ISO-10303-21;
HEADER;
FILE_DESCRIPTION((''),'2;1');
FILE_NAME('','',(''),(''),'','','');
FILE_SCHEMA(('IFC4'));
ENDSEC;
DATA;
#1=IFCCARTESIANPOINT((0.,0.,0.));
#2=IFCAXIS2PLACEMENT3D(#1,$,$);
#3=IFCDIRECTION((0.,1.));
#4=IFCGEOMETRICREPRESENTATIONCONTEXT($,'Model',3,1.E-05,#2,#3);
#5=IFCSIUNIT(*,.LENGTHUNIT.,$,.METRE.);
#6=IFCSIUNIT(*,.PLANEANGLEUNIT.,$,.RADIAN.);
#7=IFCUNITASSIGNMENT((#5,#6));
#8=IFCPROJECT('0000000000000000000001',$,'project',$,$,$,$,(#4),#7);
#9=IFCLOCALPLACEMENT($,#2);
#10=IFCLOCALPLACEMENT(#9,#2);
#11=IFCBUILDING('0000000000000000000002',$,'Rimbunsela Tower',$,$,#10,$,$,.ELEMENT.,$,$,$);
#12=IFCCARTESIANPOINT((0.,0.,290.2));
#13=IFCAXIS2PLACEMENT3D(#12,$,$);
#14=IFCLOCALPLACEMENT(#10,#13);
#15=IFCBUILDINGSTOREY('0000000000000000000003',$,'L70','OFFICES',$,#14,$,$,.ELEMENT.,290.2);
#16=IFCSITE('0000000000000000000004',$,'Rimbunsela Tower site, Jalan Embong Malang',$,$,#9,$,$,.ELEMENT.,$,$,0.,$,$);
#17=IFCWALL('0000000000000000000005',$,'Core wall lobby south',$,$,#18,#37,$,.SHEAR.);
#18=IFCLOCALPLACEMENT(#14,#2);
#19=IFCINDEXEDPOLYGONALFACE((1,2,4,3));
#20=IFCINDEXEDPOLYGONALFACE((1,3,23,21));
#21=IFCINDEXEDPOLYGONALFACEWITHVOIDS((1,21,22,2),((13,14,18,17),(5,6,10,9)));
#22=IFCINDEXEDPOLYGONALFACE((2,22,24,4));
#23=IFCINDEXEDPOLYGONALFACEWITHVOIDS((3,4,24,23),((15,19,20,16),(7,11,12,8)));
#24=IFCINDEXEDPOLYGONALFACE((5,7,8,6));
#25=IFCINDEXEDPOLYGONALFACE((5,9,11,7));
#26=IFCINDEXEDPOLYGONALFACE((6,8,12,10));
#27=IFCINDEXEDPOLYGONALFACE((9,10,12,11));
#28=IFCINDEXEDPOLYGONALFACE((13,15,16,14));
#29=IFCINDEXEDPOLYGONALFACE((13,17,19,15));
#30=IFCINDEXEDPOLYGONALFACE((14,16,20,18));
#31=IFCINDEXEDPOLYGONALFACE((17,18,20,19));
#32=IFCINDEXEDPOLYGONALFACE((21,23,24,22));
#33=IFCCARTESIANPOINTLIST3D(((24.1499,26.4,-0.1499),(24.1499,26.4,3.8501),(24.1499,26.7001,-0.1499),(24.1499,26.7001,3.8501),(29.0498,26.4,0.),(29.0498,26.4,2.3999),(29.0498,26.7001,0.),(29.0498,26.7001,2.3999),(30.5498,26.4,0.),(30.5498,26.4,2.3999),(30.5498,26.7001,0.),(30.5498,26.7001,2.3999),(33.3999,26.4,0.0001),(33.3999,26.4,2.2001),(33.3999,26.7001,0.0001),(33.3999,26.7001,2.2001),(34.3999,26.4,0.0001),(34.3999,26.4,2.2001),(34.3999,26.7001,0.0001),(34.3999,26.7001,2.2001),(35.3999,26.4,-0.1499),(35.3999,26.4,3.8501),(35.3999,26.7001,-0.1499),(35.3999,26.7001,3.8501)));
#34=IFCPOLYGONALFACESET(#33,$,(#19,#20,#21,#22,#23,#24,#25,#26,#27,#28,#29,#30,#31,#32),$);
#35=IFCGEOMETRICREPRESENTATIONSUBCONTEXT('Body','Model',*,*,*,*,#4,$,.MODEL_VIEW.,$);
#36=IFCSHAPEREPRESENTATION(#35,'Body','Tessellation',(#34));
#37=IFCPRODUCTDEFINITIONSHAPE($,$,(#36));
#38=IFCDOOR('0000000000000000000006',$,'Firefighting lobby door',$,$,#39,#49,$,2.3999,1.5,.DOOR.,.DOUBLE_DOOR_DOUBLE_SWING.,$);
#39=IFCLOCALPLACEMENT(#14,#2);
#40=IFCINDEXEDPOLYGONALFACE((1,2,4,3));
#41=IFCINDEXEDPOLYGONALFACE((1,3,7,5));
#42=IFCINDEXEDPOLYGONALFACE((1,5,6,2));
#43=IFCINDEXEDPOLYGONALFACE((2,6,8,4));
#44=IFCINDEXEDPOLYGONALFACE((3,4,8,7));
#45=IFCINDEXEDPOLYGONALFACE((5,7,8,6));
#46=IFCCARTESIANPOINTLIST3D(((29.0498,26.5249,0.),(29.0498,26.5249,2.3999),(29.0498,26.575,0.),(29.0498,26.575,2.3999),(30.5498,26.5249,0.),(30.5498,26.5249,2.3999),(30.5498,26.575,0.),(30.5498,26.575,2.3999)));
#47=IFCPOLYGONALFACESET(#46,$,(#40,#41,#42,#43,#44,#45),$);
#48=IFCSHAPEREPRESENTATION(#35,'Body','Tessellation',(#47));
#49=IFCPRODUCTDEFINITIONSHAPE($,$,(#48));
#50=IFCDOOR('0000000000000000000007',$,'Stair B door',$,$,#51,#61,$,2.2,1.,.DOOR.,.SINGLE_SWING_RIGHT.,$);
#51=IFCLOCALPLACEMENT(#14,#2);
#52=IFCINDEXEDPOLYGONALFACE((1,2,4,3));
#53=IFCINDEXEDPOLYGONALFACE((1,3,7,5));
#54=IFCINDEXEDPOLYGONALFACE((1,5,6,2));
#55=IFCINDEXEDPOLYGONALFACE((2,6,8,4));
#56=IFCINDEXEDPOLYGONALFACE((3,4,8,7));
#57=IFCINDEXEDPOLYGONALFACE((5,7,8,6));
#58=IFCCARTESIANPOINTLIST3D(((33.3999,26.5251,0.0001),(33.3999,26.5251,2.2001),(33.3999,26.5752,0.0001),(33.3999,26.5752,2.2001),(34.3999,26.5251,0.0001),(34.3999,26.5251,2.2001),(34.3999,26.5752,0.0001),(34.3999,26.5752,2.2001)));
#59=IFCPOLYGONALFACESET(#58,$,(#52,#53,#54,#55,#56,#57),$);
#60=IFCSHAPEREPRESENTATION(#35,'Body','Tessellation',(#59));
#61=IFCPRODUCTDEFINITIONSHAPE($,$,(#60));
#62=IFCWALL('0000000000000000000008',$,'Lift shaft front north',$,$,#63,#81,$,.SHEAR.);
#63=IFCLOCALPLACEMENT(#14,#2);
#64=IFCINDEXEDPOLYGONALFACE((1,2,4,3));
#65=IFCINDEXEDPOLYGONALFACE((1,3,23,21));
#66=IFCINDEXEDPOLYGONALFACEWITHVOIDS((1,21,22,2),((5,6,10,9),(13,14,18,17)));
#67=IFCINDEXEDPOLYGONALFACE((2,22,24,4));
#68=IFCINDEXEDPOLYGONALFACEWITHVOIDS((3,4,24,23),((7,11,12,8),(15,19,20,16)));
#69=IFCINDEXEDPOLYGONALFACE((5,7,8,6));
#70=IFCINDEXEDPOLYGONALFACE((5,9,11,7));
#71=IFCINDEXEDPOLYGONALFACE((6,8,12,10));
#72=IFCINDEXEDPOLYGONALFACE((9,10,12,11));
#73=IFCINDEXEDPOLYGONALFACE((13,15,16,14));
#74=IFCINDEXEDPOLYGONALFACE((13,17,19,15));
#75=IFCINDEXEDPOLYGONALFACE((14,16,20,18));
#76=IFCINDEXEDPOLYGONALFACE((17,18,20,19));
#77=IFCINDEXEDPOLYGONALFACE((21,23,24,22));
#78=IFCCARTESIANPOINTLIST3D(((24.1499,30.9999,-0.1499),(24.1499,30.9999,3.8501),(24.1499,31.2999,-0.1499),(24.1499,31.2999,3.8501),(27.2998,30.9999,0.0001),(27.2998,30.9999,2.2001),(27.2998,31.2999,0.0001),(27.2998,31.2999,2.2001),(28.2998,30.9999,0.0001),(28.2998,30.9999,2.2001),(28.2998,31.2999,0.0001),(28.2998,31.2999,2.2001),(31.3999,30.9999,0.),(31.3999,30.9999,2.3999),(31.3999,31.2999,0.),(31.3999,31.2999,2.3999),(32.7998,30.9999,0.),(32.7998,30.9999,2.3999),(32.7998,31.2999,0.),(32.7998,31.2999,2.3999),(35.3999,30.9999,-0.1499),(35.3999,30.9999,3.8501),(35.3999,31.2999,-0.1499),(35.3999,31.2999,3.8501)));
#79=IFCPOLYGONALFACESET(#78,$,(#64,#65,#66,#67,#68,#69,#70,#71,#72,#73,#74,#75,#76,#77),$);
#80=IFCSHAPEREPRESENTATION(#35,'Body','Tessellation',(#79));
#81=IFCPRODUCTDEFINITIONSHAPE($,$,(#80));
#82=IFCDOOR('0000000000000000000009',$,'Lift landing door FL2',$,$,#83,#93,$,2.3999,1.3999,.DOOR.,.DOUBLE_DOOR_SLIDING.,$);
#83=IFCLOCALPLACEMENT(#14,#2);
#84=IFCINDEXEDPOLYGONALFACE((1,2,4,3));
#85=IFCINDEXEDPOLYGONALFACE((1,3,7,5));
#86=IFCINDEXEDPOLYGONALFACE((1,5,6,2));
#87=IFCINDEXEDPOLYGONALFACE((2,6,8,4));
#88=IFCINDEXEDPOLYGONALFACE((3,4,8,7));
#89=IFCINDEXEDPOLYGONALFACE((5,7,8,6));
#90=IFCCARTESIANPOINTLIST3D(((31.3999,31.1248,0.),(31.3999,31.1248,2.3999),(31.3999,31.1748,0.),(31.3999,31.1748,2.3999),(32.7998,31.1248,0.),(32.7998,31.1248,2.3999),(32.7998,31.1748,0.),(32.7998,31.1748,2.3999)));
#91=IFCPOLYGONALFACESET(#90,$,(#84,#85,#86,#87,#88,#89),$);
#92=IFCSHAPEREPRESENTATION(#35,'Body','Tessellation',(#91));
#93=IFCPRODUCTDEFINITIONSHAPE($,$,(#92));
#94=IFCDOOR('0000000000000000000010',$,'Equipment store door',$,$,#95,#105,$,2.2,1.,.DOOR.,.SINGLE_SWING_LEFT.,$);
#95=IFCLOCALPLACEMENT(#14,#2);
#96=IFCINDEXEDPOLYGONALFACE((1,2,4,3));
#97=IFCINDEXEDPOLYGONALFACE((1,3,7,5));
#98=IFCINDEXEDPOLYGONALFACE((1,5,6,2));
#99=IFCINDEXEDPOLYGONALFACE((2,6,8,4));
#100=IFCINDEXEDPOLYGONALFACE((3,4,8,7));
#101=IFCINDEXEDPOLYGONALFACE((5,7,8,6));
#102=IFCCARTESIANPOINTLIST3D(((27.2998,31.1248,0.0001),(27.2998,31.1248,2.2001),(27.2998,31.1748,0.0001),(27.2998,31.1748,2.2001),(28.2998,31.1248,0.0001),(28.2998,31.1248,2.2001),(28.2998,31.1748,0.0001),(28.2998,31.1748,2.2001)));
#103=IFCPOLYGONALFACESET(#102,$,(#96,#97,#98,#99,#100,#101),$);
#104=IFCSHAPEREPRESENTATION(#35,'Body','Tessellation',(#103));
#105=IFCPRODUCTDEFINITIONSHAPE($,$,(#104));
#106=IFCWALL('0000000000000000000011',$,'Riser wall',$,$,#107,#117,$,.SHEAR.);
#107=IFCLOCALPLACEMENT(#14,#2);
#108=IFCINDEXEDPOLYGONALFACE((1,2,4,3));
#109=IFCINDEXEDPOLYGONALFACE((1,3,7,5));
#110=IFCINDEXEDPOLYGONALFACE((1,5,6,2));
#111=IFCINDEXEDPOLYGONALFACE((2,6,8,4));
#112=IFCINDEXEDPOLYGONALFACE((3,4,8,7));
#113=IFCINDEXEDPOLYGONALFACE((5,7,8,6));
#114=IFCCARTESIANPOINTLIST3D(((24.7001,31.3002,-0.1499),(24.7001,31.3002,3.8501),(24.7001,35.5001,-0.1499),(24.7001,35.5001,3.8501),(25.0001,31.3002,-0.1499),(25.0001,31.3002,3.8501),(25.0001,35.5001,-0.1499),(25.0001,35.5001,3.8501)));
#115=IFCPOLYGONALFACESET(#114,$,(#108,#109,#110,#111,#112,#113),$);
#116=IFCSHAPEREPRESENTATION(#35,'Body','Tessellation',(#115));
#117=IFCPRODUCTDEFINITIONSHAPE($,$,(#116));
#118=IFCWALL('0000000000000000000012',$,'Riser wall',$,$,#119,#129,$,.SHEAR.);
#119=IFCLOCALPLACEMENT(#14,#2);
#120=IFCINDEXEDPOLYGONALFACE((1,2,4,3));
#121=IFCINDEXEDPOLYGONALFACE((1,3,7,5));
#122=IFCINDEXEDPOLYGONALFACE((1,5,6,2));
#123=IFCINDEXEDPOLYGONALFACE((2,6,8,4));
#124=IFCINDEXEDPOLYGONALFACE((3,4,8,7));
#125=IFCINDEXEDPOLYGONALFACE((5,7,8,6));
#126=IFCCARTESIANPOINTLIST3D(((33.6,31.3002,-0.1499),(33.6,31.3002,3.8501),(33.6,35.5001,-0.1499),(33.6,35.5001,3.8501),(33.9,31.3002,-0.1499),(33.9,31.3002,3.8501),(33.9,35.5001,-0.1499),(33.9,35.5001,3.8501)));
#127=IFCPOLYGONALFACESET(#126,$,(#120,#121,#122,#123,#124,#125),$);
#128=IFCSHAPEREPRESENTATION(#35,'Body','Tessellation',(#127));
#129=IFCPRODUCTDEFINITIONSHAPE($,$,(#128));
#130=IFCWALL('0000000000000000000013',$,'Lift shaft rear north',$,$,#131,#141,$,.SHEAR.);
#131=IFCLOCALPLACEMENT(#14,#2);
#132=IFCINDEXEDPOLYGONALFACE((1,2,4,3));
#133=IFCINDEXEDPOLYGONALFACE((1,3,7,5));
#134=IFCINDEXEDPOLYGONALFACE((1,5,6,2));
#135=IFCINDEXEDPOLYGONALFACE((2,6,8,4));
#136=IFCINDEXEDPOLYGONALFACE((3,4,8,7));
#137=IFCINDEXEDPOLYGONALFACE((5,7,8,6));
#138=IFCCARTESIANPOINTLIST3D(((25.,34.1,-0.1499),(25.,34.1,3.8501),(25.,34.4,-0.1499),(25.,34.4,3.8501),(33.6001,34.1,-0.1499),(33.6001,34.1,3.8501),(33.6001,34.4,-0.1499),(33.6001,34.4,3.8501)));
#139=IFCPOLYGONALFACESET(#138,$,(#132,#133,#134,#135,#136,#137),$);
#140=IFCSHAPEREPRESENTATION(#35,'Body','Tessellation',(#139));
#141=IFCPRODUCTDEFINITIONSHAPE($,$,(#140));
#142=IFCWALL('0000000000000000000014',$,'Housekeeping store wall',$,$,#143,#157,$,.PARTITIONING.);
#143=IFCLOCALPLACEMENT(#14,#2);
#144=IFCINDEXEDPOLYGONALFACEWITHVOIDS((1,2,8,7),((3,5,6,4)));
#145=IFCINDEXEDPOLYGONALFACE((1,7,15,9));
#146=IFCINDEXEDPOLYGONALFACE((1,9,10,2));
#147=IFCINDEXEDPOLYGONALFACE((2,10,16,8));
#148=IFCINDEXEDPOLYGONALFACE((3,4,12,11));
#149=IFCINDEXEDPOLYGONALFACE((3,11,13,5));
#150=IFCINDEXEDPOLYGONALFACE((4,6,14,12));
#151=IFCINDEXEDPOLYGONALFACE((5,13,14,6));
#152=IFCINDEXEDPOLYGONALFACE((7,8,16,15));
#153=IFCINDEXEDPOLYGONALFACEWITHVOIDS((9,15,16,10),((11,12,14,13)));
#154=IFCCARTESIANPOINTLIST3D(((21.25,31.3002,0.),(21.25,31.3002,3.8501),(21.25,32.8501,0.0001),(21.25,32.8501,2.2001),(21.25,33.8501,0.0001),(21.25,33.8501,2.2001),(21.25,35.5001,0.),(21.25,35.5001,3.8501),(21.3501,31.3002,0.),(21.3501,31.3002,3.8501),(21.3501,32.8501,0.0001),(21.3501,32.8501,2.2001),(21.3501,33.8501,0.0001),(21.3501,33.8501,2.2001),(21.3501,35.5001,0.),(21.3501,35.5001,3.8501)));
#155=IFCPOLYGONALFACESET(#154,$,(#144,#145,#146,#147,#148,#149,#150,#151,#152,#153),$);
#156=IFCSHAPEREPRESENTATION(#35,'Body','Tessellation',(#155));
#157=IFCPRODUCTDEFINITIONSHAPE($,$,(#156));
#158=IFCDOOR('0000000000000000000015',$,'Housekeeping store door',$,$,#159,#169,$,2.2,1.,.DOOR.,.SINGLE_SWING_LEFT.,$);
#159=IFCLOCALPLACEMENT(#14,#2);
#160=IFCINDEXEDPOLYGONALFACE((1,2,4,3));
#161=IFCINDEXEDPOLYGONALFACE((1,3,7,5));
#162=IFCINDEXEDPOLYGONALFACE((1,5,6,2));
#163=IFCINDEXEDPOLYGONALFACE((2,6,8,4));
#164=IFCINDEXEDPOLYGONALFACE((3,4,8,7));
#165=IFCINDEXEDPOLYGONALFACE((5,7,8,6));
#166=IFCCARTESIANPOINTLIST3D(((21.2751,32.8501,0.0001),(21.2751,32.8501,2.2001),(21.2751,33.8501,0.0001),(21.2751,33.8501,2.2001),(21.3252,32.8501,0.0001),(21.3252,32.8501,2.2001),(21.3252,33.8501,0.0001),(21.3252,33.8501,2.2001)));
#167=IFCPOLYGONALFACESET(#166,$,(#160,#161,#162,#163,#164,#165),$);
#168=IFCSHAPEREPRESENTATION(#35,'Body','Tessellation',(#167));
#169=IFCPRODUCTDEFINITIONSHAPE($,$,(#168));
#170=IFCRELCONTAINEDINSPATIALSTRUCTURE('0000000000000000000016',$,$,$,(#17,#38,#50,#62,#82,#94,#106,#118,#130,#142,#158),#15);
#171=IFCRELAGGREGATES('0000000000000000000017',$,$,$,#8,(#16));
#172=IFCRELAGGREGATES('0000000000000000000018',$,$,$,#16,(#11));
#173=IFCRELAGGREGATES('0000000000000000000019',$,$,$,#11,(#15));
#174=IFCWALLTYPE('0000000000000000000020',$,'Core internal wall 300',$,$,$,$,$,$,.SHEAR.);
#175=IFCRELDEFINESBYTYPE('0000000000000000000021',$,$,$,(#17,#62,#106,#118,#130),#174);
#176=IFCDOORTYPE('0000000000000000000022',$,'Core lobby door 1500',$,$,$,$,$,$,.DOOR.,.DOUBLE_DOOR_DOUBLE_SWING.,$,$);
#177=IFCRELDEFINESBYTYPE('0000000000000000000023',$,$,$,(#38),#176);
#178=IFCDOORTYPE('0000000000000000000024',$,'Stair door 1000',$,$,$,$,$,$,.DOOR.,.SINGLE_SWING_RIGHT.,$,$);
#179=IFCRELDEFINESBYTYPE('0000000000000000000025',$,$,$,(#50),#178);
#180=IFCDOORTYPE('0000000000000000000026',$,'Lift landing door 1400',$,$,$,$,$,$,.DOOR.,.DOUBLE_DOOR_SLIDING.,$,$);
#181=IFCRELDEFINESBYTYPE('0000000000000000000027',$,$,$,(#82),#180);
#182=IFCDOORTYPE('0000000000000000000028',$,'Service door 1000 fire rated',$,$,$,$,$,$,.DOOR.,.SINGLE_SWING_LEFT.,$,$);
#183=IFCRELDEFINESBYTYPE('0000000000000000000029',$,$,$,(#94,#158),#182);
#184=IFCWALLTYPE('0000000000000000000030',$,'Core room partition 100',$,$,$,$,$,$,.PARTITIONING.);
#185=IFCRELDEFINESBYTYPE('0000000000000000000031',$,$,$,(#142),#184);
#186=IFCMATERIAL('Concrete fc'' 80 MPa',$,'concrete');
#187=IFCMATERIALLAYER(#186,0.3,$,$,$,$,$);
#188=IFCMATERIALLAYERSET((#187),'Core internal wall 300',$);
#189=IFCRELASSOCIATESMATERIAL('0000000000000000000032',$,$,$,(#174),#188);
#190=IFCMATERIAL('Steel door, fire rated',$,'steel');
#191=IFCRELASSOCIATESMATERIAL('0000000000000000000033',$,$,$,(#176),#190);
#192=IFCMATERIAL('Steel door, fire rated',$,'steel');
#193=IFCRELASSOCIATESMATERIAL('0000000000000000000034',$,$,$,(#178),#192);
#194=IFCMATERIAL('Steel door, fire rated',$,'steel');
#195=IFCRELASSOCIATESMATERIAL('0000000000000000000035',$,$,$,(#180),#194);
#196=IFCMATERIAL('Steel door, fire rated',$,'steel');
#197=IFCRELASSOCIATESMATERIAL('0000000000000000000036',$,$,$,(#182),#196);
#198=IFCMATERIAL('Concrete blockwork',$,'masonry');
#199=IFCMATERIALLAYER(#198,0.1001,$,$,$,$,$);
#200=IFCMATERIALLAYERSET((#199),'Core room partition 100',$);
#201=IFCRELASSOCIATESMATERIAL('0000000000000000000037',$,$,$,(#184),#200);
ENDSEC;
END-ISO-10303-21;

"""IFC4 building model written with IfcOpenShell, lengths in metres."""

from ifc_helpers import new_model, si_unit, direction, frame, frame_2d, origin, place, context, subcontext, project, spatial, rectangle, extrude, material, layer, layer_set, type_object, element, fill, save


model = new_model("IFC4")

# Units and contexts
model_context = context("Model", 3, precision=1e-05, world=origin(), true_north=direction((0.0, 1.0)))
body_context = subcontext(model_context, "Body", "Model", "MODEL_VIEW")
ifc_project = project(units=[si_unit("LENGTHUNIT", "METRE"), si_unit("PLANEANGLEUNIT", "RADIAN")], contexts=[model_context])

# Site, building, storey
site_placement = place(None, origin())
site = spatial("IfcSite", under=ifc_project, at=site_placement, Name="Rimbunsela Tower site, Jalan Embong Malang", CompositionType="ELEMENT", RefElevation=0.0)
building_placement = place(site_placement, origin())
building = spatial("IfcBuilding", under=site, at=building_placement, Name="Rimbunsela Tower", CompositionType="ELEMENT")
storey_placement = place(building_placement, frame((0.0, 0.0, 290.2)))
storey = spatial("IfcBuildingStorey", under=building, at=storey_placement, Name="L70", Description="OFFICES", CompositionType="ELEMENT", Elevation=290.2)

# Walls, openings, doors
ifc_material_1 = material(Name="Concrete fc' 80 MPa", Category="concrete")
ifc_layer_1 = layer(ifc_material_1, 0.3)
ifc_layer_set_1 = layer_set([ifc_layer_1], Name="Core internal wall 300")
wall_type_1 = type_object("IfcWallType", Name="Core internal wall 300", PredefinedType="SHEAR", material=ifc_layer_set_1)
wall_1_placement = place(storey_placement, frame((24.1499, 26.55, -0.1499), z_axis=(0.0, 0.0, 1.0), x_axis=(1.0, 0.0, 0.0)))
wall_1 = element("IfcWall", 1, at=wall_1_placement, inside=storey, type_object=wall_type_1, Name="Core wall lobby south", PredefinedType="SHEAR", context=body_context, shape_type="SweptSolid", body=[
    extrude(rectangle(XDim=11.25, YDim=0.3, at=frame_2d((5.625, 0.0))), origin(), (0.0, 0.0, 1.0), 4.0),
])
opening_1_placement = place(wall_1_placement, frame((9.25, 0.0, 0.1499)))
opening_1 = element("IfcOpeningElement", 2, at=opening_1_placement, cuts=wall_1, PredefinedType="OPENING", context=body_context, shape_type="SweptSolid", body=[
    extrude(rectangle(XDim=1.0, YDim=2.2, at=frame_2d((0.5, 1.1001))), frame((0.0, 0.1599, 0.0), z_axis=(0.0, -1.0, 0.0), x_axis=(1.0, 0.0, 0.0)), (0.0, 0.0, 1.0), 0.3201),
])
opening_2_placement = place(wall_1_placement, frame((4.8999, 0.0, 0.1499)))
opening_2 = element("IfcOpeningElement", 3, at=opening_2_placement, cuts=wall_1, PredefinedType="OPENING", context=body_context, shape_type="SweptSolid", body=[
    extrude(rectangle(XDim=1.5, YDim=2.3999, at=frame_2d((0.75, 1.2))), frame((0.0, 0.1599, 0.0), z_axis=(0.0, -1.0, 0.0), x_axis=(1.0, 0.0, 0.0)), (0.0, 0.0, 1.0), 0.3201),
])
ifc_material_2 = material(Name="Steel door, fire rated", Category="steel")
door_type_1 = type_object("IfcDoorType", Name="Core lobby door 1500", OperationType="DOUBLE_DOOR_DOUBLE_SWING", PredefinedType="DOOR", material=ifc_material_2)
door_1_placement = place(opening_2_placement, origin())
door_1 = element("IfcDoor", 4, at=door_1_placement, inside=storey, type_object=door_type_1, Name="Firefighting lobby door", OperationType="DOUBLE_DOOR_DOUBLE_SWING", OverallHeight=2.3999, OverallWidth=1.5, PredefinedType="DOOR", context=body_context, shape_type="SweptSolid", body=[
    extrude(rectangle(XDim=1.5, YDim=2.3999, at=frame_2d((0.75, 1.2))), frame((0.0, 0.0249, 0.0), z_axis=(0.0, -1.0, 0.0), x_axis=(1.0, 0.0, 0.0)), (0.0, 0.0, 1.0), 0.05),
])
fill(opening_2, door_1)
ifc_material_3 = material(Name="Steel door, fire rated", Category="steel")
door_type_2 = type_object("IfcDoorType", Name="Stair door 1000", OperationType="SINGLE_SWING_RIGHT", PredefinedType="DOOR", material=ifc_material_3)
door_2_placement = place(opening_1_placement, frame((1.0, 0.0, 0.0), z_axis=(0.0, 0.0, 1.0), x_axis=(-1.0, 0.0, 0.0)))
door_2 = element("IfcDoor", 5, at=door_2_placement, inside=storey, type_object=door_type_2, Name="Stair B door", OperationType="SINGLE_SWING_RIGHT", OverallHeight=2.2, OverallWidth=1.0, PredefinedType="DOOR", context=body_context, shape_type="SweptSolid", body=[
    extrude(rectangle(XDim=1.0, YDim=2.2, at=frame_2d((0.5, 1.1001))), frame((0.0, 0.0249, 0.0), z_axis=(0.0, -1.0, 0.0), x_axis=(1.0, 0.0, 0.0)), (0.0, 0.0, 1.0), 0.05),
])
fill(opening_1, door_2)
wall_2_placement = place(storey_placement, frame((24.1499, 31.1499, -0.1499), z_axis=(0.0, 0.0, 1.0), x_axis=(1.0, 0.0, 0.0)))
wall_2 = element("IfcWall", 6, at=wall_2_placement, inside=storey, type_object=wall_type_1, Name="Lift shaft front north", PredefinedType="SHEAR", context=body_context, shape_type="SweptSolid", body=[
    extrude(rectangle(XDim=11.25, YDim=0.3, at=frame_2d((5.625, 0.0))), origin(), (0.0, 0.0, 1.0), 4.0),
])
opening_3_placement = place(wall_2_placement, frame((3.1499, 0.0, 0.1499)))
opening_3 = element("IfcOpeningElement", 7, at=opening_3_placement, cuts=wall_2, PredefinedType="OPENING", context=body_context, shape_type="SweptSolid", body=[
    extrude(rectangle(XDim=1.0, YDim=2.2, at=frame_2d((0.5, 1.1001))), frame((0.0, 0.1599, 0.0), z_axis=(0.0, -1.0, 0.0), x_axis=(1.0, 0.0, 0.0)), (0.0, 0.0, 1.0), 0.3201),
])
opening_4_placement = place(wall_2_placement, frame((7.25, 0.0, 0.1499)))
opening_4 = element("IfcOpeningElement", 8, at=opening_4_placement, cuts=wall_2, PredefinedType="OPENING", context=body_context, shape_type="SweptSolid", body=[
    extrude(rectangle(XDim=1.3999, YDim=2.3999, at=frame_2d((0.7, 1.2))), frame((0.0, 0.1599, 0.0), z_axis=(0.0, -1.0, 0.0), x_axis=(1.0, 0.0, 0.0)), (0.0, 0.0, 1.0), 0.3201),
])
ifc_material_4 = material(Name="Steel door, fire rated", Category="steel")
door_type_3 = type_object("IfcDoorType", Name="Lift landing door 1400", OperationType="DOUBLE_DOOR_SLIDING", PredefinedType="DOOR", material=ifc_material_4)
door_3_placement = place(opening_4_placement, origin())
door_3 = element("IfcDoor", 9, at=door_3_placement, inside=storey, type_object=door_type_3, Name="Lift landing door FL2", OperationType="DOUBLE_DOOR_SLIDING", OverallHeight=2.3999, OverallWidth=1.3999, PredefinedType="DOOR", context=body_context, shape_type="SweptSolid", body=[
    extrude(rectangle(XDim=1.3999, YDim=2.3999, at=frame_2d((0.7, 1.2))), frame((0.0, 0.0249, 0.0), z_axis=(0.0, -1.0, 0.0), x_axis=(1.0, 0.0, 0.0)), (0.0, 0.0, 1.0), 0.05),
])
fill(opening_4, door_3)
ifc_material_5 = material(Name="Steel door, fire rated", Category="steel")
door_type_4 = type_object("IfcDoorType", Name="Service door 1000 fire rated", OperationType="SINGLE_SWING_LEFT", PredefinedType="DOOR", material=ifc_material_5)
door_4_placement = place(opening_3_placement, origin())
door_4 = element("IfcDoor", 10, at=door_4_placement, inside=storey, type_object=door_type_4, Name="Equipment store door", OperationType="SINGLE_SWING_LEFT", OverallHeight=2.2, OverallWidth=1.0, PredefinedType="DOOR", context=body_context, shape_type="SweptSolid", body=[
    extrude(rectangle(XDim=1.0, YDim=2.2, at=frame_2d((0.5, 1.1001))), frame((0.0, 0.0249, 0.0), z_axis=(0.0, -1.0, 0.0), x_axis=(1.0, 0.0, 0.0)), (0.0, 0.0, 1.0), 0.05),
])
fill(opening_3, door_4)

# Walls
for number, where, z_axis, x_axis, name in (
    (11, (24.8501, 31.3, -0.1499), (0.0, 0.0, 1.0), (0.0, 1.0, 0.0), "Riser wall"),
    (12, (33.75, 31.3, -0.1499), (0.0, 0.0, 1.0), (0.0, 1.0, 0.0), "Riser wall"),
):
    element("IfcWall", number, at=place(storey_placement, frame(where, z_axis=z_axis, x_axis=x_axis)), inside=storey, type_object=wall_type_1, Name=name, PredefinedType="SHEAR", context=body_context, shape_type="SweptSolid", body=[
        extrude(rectangle(XDim=4.2, YDim=0.3, at=frame_2d((2.1001, 0.0))), origin(), (0.0, 0.0, 1.0), 4.0),
    ])
wall_3_placement = place(storey_placement, frame((25.0, 34.25, -0.1499), z_axis=(0.0, 0.0, 1.0), x_axis=(1.0, 0.0, 0.0)))
element("IfcWall", 13, at=wall_3_placement, inside=storey, type_object=wall_type_1, Name="Lift shaft rear north", PredefinedType="SHEAR", context=body_context, shape_type="SweptSolid", body=[
    extrude(rectangle(XDim=8.6001, YDim=0.3, at=frame_2d((4.3, 0.0))), origin(), (0.0, 0.0, 1.0), 4.0),
])

# Wall, opening, door
ifc_material_6 = material(Name="Concrete blockwork", Category="masonry")
ifc_layer_2 = layer(ifc_material_6, 0.1001)
ifc_layer_set_2 = layer_set([ifc_layer_2], Name="Core room partition 100")
wall_type_2 = type_object("IfcWallType", Name="Core room partition 100", PredefinedType="PARTITIONING", material=ifc_layer_set_2)
wall_4_placement = place(storey_placement, frame((21.3, 31.3, 0.0), z_axis=(0.0, 0.0, 1.0), x_axis=(0.0, 1.0, 0.0)))
wall_4 = element("IfcWall", 14, at=wall_4_placement, inside=storey, type_object=wall_type_2, Name="Housekeeping store wall", PredefinedType="PARTITIONING", context=body_context, shape_type="SweptSolid", body=[
    extrude(rectangle(XDim=4.2, YDim=0.1001, at=frame_2d((2.1001, 0.0))), origin(), (0.0, 0.0, 1.0), 3.8501),
])
opening_5_placement = place(wall_4_placement, frame((1.55, 0.0, 0.0)))
opening_5 = element("IfcOpeningElement", 15, at=opening_5_placement, cuts=wall_4, PredefinedType="OPENING", context=body_context, shape_type="SweptSolid", body=[
    extrude(rectangle(XDim=1.0, YDim=2.2, at=frame_2d((0.5, 1.1001))), frame((0.0, 0.0601, 0.0), z_axis=(0.0, -1.0, 0.0), x_axis=(1.0, 0.0, 0.0)), (0.0, 0.0, 1.0), 0.1201),
])
door_5_placement = place(opening_5_placement, origin())
door_5 = element("IfcDoor", 16, at=door_5_placement, inside=storey, type_object=door_type_4, Name="Housekeeping store door", OperationType="SINGLE_SWING_LEFT", OverallHeight=2.2, OverallWidth=1.0, PredefinedType="DOOR", context=body_context, shape_type="SweptSolid", body=[
    extrude(rectangle(XDim=1.0, YDim=2.2, at=frame_2d((0.5, 1.1001))), frame((0.0, 0.0249, 0.0), z_axis=(0.0, -1.0, 0.0), x_axis=(1.0, 0.0, 0.0)), (0.0, 0.0, 1.0), 0.05),
])
fill(opening_5, door_5)

save(model, "model.ifc")
